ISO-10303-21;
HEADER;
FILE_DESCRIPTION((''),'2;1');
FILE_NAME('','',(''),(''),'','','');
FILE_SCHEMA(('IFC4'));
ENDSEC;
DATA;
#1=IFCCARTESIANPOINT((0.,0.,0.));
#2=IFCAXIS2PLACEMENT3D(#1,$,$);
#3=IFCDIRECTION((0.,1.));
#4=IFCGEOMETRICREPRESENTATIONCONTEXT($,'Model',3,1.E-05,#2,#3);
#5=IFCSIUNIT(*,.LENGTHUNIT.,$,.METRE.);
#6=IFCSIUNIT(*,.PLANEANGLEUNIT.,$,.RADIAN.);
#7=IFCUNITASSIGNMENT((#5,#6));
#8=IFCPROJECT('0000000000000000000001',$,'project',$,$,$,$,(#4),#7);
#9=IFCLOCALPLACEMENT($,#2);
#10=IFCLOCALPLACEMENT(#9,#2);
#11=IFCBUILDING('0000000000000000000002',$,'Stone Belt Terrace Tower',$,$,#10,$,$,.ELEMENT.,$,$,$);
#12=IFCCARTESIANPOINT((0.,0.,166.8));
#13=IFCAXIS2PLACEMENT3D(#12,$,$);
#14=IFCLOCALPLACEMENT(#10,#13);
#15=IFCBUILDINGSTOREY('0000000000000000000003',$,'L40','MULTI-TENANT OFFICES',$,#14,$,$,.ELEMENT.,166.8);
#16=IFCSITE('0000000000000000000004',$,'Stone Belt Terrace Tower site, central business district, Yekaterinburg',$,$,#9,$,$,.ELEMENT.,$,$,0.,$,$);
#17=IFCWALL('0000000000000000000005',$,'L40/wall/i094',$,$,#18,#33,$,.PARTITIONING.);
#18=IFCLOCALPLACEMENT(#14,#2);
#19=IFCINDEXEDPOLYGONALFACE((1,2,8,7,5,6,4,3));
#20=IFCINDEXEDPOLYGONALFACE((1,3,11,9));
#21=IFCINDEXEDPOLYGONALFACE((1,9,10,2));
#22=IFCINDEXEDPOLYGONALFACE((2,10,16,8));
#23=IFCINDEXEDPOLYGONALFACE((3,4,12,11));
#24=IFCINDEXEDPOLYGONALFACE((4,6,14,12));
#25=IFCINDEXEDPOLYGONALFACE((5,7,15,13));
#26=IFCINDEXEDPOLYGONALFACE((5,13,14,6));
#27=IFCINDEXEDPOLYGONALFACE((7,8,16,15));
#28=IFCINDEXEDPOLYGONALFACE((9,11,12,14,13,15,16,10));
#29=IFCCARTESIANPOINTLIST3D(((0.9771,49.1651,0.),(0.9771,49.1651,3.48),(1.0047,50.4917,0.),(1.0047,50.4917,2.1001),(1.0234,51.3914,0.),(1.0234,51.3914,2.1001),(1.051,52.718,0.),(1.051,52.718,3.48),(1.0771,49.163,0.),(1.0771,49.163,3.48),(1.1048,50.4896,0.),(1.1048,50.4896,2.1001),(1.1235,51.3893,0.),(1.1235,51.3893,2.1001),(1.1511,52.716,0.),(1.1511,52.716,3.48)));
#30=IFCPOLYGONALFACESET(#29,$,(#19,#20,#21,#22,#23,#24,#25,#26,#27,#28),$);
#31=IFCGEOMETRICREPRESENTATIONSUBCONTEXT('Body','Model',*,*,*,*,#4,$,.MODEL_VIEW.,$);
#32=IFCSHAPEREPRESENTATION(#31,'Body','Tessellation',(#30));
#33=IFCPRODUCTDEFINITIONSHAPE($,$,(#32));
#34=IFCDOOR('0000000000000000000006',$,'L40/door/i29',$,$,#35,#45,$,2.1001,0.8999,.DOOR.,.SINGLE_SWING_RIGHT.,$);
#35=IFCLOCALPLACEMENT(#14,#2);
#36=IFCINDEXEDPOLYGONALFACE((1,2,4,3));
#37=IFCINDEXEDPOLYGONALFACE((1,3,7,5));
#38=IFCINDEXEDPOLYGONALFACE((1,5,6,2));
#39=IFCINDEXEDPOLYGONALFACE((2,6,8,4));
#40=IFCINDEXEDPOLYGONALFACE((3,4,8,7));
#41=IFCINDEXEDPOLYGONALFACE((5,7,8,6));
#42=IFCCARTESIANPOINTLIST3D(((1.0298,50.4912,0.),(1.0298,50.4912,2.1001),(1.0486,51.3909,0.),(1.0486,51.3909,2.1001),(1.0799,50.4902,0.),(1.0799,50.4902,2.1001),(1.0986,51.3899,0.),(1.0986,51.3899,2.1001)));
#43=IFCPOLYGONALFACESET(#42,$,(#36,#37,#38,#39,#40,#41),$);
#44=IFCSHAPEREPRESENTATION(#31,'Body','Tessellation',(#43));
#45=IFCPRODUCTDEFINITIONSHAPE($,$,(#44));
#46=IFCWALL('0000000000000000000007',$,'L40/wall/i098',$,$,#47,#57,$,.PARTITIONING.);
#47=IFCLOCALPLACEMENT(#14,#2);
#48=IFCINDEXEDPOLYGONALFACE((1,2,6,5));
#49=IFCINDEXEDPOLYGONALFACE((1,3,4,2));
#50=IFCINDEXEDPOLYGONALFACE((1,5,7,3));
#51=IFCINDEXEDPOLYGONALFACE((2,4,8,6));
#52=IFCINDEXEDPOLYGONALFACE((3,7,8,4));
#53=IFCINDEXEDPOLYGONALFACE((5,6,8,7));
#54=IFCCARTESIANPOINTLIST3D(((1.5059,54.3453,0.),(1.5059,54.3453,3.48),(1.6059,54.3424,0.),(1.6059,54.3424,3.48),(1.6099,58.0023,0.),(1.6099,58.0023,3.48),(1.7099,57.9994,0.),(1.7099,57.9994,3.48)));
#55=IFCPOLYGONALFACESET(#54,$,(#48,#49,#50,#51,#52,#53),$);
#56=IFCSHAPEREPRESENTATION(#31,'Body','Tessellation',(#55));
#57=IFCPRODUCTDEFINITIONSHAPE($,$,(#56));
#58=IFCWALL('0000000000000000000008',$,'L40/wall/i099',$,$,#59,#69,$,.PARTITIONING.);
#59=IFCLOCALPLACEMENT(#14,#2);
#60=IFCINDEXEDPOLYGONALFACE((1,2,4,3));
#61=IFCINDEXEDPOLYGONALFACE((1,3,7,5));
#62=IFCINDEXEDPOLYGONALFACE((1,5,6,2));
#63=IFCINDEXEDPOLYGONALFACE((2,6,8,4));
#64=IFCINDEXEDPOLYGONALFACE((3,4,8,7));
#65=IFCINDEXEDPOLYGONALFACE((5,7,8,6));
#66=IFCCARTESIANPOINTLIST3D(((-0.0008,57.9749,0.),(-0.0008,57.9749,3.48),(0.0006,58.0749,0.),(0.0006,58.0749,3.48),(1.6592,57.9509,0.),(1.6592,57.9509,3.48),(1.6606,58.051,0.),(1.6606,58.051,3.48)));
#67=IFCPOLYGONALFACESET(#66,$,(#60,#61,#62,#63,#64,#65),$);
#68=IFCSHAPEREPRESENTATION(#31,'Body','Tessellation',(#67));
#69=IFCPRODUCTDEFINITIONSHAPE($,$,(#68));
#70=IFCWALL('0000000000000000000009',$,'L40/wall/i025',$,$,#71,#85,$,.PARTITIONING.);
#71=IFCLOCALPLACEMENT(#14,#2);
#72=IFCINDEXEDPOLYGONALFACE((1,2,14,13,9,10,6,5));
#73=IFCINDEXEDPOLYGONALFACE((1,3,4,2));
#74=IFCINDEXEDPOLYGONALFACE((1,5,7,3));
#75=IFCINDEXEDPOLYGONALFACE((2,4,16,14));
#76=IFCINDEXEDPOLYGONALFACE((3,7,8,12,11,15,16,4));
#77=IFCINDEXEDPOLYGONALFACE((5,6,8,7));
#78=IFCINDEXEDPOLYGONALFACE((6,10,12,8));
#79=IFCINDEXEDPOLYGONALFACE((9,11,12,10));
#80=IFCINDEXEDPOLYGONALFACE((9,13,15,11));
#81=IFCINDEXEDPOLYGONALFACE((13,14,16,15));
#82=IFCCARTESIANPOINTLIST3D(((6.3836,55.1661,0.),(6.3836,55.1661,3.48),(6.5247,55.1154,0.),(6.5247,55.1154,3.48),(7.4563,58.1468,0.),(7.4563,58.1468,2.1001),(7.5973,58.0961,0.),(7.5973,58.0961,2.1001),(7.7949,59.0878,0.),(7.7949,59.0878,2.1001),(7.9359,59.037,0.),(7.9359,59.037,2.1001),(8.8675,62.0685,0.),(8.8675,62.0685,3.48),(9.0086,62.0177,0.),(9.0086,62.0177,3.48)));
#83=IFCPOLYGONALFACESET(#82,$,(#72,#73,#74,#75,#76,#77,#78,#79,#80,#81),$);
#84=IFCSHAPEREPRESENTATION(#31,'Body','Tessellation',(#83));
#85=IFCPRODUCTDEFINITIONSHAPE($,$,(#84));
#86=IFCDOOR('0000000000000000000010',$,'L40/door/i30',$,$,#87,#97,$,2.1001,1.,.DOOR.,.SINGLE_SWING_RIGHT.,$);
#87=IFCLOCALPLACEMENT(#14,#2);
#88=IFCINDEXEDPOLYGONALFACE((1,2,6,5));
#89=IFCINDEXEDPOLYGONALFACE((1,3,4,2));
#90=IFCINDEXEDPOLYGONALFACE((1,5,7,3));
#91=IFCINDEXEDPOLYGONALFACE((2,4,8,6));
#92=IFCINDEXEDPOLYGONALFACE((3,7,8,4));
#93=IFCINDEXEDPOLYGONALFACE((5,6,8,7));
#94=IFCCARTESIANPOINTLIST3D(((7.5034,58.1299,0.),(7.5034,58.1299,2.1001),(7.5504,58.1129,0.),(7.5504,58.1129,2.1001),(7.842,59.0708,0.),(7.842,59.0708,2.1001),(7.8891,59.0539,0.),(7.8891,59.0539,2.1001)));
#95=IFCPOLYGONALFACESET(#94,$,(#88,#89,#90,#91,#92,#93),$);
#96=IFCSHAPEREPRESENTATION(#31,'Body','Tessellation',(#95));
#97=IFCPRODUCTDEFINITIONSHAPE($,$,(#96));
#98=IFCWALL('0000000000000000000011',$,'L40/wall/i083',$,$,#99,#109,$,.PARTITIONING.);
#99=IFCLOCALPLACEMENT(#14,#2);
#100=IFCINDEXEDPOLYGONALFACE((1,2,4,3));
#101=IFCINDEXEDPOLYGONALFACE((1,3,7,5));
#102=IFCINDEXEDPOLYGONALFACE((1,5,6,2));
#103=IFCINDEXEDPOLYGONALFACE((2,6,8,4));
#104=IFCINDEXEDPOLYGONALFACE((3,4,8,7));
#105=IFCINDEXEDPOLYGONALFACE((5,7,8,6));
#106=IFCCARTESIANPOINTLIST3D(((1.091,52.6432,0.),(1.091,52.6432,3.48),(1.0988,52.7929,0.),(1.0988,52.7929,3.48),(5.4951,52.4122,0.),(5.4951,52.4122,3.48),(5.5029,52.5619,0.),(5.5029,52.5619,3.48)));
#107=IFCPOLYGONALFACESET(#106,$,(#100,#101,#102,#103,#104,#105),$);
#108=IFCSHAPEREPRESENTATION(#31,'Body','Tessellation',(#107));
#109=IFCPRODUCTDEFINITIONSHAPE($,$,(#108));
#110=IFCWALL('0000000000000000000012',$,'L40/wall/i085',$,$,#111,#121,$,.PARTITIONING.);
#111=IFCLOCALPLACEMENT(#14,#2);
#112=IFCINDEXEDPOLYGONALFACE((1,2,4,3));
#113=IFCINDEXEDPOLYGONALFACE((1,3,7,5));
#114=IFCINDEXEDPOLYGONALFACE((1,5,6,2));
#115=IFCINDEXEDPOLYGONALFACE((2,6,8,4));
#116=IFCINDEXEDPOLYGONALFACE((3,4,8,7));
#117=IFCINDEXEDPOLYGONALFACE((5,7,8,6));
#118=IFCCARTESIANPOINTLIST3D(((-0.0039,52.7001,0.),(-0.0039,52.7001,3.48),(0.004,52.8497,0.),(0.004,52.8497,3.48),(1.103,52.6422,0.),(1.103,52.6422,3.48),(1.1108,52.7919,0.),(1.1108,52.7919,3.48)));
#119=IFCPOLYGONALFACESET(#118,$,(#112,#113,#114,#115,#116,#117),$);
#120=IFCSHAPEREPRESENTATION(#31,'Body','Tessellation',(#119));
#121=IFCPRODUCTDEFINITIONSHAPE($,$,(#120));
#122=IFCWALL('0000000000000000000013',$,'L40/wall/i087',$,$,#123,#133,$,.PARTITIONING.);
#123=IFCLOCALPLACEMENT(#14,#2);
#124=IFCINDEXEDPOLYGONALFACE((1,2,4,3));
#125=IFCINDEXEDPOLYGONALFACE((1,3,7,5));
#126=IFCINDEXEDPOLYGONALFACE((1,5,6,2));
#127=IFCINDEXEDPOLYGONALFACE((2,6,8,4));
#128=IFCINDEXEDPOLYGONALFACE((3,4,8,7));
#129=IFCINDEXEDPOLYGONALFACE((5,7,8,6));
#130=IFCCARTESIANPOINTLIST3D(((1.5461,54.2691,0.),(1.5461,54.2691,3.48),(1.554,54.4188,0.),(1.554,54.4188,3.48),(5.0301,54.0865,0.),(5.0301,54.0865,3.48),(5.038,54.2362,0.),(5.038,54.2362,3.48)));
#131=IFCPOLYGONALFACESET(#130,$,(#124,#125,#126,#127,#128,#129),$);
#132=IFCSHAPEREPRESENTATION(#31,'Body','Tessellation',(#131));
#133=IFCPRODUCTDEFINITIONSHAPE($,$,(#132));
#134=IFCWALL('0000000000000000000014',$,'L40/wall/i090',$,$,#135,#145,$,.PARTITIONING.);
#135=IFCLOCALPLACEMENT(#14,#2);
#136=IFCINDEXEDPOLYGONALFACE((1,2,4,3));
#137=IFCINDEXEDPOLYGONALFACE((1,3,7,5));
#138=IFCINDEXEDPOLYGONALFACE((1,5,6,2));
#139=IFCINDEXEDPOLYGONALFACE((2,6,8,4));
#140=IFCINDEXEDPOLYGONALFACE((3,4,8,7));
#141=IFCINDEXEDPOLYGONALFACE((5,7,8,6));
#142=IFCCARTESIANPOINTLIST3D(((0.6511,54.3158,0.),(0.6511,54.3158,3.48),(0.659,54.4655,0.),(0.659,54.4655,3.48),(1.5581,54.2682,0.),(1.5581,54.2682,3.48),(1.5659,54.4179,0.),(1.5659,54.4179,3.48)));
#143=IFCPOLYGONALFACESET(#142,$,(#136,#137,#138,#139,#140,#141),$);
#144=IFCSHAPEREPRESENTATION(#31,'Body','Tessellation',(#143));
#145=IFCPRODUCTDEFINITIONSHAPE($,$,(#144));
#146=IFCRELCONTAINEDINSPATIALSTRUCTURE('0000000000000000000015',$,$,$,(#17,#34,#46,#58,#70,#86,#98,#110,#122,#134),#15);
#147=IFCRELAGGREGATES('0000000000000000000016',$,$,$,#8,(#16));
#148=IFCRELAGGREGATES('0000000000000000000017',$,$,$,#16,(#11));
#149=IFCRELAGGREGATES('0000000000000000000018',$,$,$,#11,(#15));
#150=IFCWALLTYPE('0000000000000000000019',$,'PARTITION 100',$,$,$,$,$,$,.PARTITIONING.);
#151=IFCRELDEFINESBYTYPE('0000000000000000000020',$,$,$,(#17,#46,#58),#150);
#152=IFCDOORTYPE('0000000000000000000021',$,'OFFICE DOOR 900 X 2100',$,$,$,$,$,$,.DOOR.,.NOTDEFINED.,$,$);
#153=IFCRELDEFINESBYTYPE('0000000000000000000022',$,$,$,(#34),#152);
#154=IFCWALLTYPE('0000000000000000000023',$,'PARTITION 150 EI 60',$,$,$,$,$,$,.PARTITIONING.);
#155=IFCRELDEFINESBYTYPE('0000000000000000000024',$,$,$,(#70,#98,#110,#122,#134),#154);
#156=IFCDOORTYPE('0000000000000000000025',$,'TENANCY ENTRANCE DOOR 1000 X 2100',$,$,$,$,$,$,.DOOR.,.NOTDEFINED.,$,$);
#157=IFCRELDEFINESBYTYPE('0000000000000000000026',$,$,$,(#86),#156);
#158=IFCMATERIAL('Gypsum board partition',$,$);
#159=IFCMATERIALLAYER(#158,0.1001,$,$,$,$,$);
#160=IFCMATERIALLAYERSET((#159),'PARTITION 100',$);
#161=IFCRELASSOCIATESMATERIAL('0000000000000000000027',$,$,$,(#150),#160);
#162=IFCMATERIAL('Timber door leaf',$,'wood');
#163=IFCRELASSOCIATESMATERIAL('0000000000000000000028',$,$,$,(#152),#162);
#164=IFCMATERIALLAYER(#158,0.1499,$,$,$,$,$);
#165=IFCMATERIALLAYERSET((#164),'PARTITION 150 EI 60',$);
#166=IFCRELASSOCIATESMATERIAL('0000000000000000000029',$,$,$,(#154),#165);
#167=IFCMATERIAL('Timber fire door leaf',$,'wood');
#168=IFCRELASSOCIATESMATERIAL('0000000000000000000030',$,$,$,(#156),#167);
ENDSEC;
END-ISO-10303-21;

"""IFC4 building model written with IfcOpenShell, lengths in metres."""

from ifc_helpers import new_model, si_unit, direction, frame, frame_2d, origin, place, context, subcontext, project, spatial, rectangle, extrude, material, layer, layer_set, type_object, element, fill, save


model = new_model("IFC4")

# Units and contexts
model_context = context("Model", 3, precision=1e-05, world=origin(), true_north=direction((0.0, 1.0)))
body_context = subcontext(model_context, "Body", "Model", "MODEL_VIEW")
ifc_project = project(units=[si_unit("LENGTHUNIT", "METRE"), si_unit("PLANEANGLEUNIT", "RADIAN")], contexts=[model_context])

# Site, building, storey
site_placement = place(None, origin())
site = spatial("IfcSite", under=ifc_project, at=site_placement, Name="Stone Belt Terrace Tower site, central business district, Yekaterinburg", CompositionType="ELEMENT", RefElevation=0.0)
building_placement = place(site_placement, origin())
building = spatial("IfcBuilding", under=site, at=building_placement, Name="Stone Belt Terrace Tower", CompositionType="ELEMENT")
storey_placement = place(building_placement, frame((0.0, 0.0, 166.8)))
storey = spatial("IfcBuildingStorey", under=building, at=storey_placement, Name="L40", Description="MULTI-TENANT OFFICES", CompositionType="ELEMENT", Elevation=166.8)

# Shared definitions
ifc_material_1 = material(Name="Timber door leaf", Category="wood")

# Wall, opening, door
ifc_material_2 = material(Name="Gypsum board partition")
ifc_layer_1 = layer(ifc_material_2, 0.1001)
ifc_layer_set_1 = layer_set([ifc_layer_1], Name="PARTITION 100")
wall_type_1 = type_object("IfcWallType", Name="PARTITION 100", PredefinedType="PARTITIONING", material=ifc_layer_set_1)
wall_1_placement = place(storey_placement, frame((1.0271, 49.1641, 0.0), z_axis=(0.0, 0.0, 1.0), x_axis=(0.020816, 0.999783, 0.0)))
wall_1 = element("IfcWall", 1, at=wall_1_placement, inside=storey, type_object=wall_type_1, Name="L40/wall/i094", PredefinedType="PARTITIONING", context=body_context, shape_type="SweptSolid", body=[
    extrude(rectangle(XDim=3.5537, YDim=0.1001, at=frame_2d((1.7769, 0.0))), origin(), (0.0, 0.0, 1.0), 3.48),
])
opening_1_placement = place(wall_1_placement, frame((1.3269, 0.0, 0.0)))
opening_1 = element("IfcOpeningElement", 2, at=opening_1_placement, cuts=wall_1, PredefinedType="OPENING", context=body_context, shape_type="SweptSolid", body=[
    extrude(rectangle(XDim=0.8999, YDim=2.1001, at=frame_2d((0.45, 1.05))), frame((0.0, 0.0601, 0.0), z_axis=(0.0, -1.0, 0.0), x_axis=(1.0, 0.0, 0.0)), (0.0, 0.0, 1.0), 0.1201),
])
door_type_1 = type_object("IfcDoorType", Name="OFFICE DOOR 900 X 2100", OperationType="NOTDEFINED", PredefinedType="DOOR", material=ifc_material_1)
door_1_placement = place(opening_1_placement, origin())
door_1 = element("IfcDoor", 3, at=door_1_placement, inside=storey, type_object=door_type_1, Name="L40/door/i29", OperationType="SINGLE_SWING_RIGHT", OverallHeight=2.1001, OverallWidth=0.8999, PredefinedType="DOOR", context=body_context, shape_type="SweptSolid", body=[
    extrude(rectangle(XDim=0.8999, YDim=2.1001, at=frame_2d((0.45, 1.05))), frame((0.0, 0.0249, 0.0), z_axis=(0.0, -1.0, 0.0), x_axis=(1.0, 0.0, 0.0)), (0.0, 0.0, 1.0), 0.05),
])
fill(opening_1, door_1)

# Walls
wall_2_placement = place(storey_placement, frame((1.5559, 54.344, 0.0), z_axis=(0.0, 0.0, 1.0), x_axis=(0.028428, 0.999596, 0.0)))
element("IfcWall", 4, at=wall_2_placement, inside=storey, type_object=wall_type_1, Name="L40/wall/i098", PredefinedType="PARTITIONING", context=body_context, shape_type="SweptSolid", body=[
    extrude(rectangle(XDim=3.6584, YDim=0.1001, at=frame_2d((1.8291, 0.0))), origin(), (0.0, 0.0, 1.0), 3.48),
])
wall_3_placement = place(storey_placement, frame((1.6599, 58.001, 0.0), z_axis=(0.0, 0.0, 1.0), x_axis=(-0.999896, 0.014412, 0.0)))
element("IfcWall", 5, at=wall_3_placement, inside=storey, type_object=wall_type_1, Name="L40/wall/i099", PredefinedType="PARTITIONING", context=body_context, shape_type="SweptSolid", body=[
    extrude(rectangle(XDim=1.6602, YDim=0.1001, at=frame_2d((0.8301, 0.0))), origin(), (0.0, 0.0, 1.0), 3.48),
])

# Wall, opening, door
ifc_layer_2 = layer(ifc_material_2, 0.1499)
ifc_layer_set_2 = layer_set([ifc_layer_2], Name="PARTITION 150 EI 60")
wall_type_2 = type_object("IfcWallType", Name="PARTITION 150 EI 60", PredefinedType="PARTITIONING", material=ifc_layer_set_2)
wall_4_placement = place(storey_placement, frame((6.4541, 55.1406, 0.0), z_axis=(0.0, 0.0, 1.0), x_axis=(0.338604, 0.940929, 0.0)))
wall_4 = element("IfcWall", 6, at=wall_4_placement, inside=storey, type_object=wall_type_2, Name="L40/wall/i025", PredefinedType="PARTITIONING", context=body_context, shape_type="SweptSolid", body=[
    extrude(rectangle(XDim=7.3357, YDim=0.1499, at=frame_2d((3.668, 0.0))), origin(), (0.0, 0.0, 1.0), 3.48),
])
opening_2_placement = place(wall_4_placement, frame((3.168, 0.0, 0.0)))
opening_2 = element("IfcOpeningElement", 7, at=opening_2_placement, cuts=wall_4, PredefinedType="OPENING", context=body_context, shape_type="SweptSolid", body=[
    extrude(rectangle(XDim=1.0, YDim=2.1001, at=frame_2d((0.5, 1.05))), frame((0.0, 0.085, 0.0), z_axis=(0.0, -1.0, 0.0), x_axis=(1.0, 0.0, 0.0)), (0.0, 0.0, 1.0), 0.1699),
])
ifc_material_3 = material(Name="Timber fire door leaf", Category="wood")
door_type_2 = type_object("IfcDoorType", Name="TENANCY ENTRANCE DOOR 1000 X 2100", OperationType="NOTDEFINED", PredefinedType="DOOR", material=ifc_material_3)
door_2_placement = place(opening_2_placement, origin())
door_2 = element("IfcDoor", 8, at=door_2_placement, inside=storey, type_object=door_type_2, Name="L40/door/i30", OperationType="SINGLE_SWING_RIGHT", OverallHeight=2.1001, OverallWidth=1.0, PredefinedType="DOOR", context=body_context, shape_type="SweptSolid", body=[
    extrude(rectangle(XDim=1.0, YDim=2.1001, at=frame_2d((0.5, 1.05))), frame((0.0, 0.0249, 0.0), z_axis=(0.0, -1.0, 0.0), x_axis=(1.0, 0.0, 0.0)), (0.0, 0.0, 1.0), 0.05),
])
fill(opening_2, door_2)

# Walls
wall_5_placement = place(storey_placement, frame((5.499, 52.4871, 0.0), z_axis=(0.0, 0.0, 1.0), x_axis=(-0.998628, 0.05237, 0.0)))
element("IfcWall", 9, at=wall_5_placement, inside=storey, type_object=wall_type_2, Name="L40/wall/i083", PredefinedType="PARTITIONING", context=body_context, shape_type="SweptSolid", body=[
    extrude(rectangle(XDim=4.4102, YDim=0.1499, at=frame_2d((2.2051, 0.0))), origin(), (0.0, 0.0, 1.0), 3.48),
])
wall_6_placement = place(storey_placement, frame((1.1069, 52.717, 0.0), z_axis=(0.0, 0.0, 1.0), x_axis=(-0.998637, 0.0522, 0.0)))
element("IfcWall", 10, at=wall_6_placement, inside=storey, type_object=wall_type_2, Name="L40/wall/i085", PredefinedType="PARTITIONING", context=body_context, shape_type="SweptSolid", body=[
    extrude(rectangle(XDim=1.1084, YDim=0.1499, at=frame_2d((0.5542, 0.0))), origin(), (0.0, 0.0, 1.0), 3.48),
])
wall_7_placement = place(storey_placement, frame((1.55, 54.344, 0.0), z_axis=(0.0, 0.0, 1.0), x_axis=(0.998629, -0.052346, 0.0)))
element("IfcWall", 11, at=wall_7_placement, inside=storey, type_object=wall_type_2, Name="L40/wall/i087", PredefinedType="PARTITIONING", context=body_context, shape_type="SweptSolid", body=[
    extrude(rectangle(XDim=3.4888, YDim=0.1499, at=frame_2d((1.7444, 0.0))), origin(), (0.0, 0.0, 1.0), 3.48),
])
wall_8_placement = place(storey_placement, frame((0.655, 54.3906, 0.0), z_axis=(0.0, 0.0, 1.0), x_axis=(0.998625, -0.052418, 0.0)))
element("IfcWall", 12, at=wall_8_placement, inside=storey, type_object=wall_type_2, Name="L40/wall/i090", PredefinedType="PARTITIONING", context=body_context, shape_type="SweptSolid", body=[
    extrude(rectangle(XDim=0.9082, YDim=0.1499, at=frame_2d((0.4541, 0.0))), origin(), (0.0, 0.0, 1.0), 3.48),
])

save(model, "model.ifc")
